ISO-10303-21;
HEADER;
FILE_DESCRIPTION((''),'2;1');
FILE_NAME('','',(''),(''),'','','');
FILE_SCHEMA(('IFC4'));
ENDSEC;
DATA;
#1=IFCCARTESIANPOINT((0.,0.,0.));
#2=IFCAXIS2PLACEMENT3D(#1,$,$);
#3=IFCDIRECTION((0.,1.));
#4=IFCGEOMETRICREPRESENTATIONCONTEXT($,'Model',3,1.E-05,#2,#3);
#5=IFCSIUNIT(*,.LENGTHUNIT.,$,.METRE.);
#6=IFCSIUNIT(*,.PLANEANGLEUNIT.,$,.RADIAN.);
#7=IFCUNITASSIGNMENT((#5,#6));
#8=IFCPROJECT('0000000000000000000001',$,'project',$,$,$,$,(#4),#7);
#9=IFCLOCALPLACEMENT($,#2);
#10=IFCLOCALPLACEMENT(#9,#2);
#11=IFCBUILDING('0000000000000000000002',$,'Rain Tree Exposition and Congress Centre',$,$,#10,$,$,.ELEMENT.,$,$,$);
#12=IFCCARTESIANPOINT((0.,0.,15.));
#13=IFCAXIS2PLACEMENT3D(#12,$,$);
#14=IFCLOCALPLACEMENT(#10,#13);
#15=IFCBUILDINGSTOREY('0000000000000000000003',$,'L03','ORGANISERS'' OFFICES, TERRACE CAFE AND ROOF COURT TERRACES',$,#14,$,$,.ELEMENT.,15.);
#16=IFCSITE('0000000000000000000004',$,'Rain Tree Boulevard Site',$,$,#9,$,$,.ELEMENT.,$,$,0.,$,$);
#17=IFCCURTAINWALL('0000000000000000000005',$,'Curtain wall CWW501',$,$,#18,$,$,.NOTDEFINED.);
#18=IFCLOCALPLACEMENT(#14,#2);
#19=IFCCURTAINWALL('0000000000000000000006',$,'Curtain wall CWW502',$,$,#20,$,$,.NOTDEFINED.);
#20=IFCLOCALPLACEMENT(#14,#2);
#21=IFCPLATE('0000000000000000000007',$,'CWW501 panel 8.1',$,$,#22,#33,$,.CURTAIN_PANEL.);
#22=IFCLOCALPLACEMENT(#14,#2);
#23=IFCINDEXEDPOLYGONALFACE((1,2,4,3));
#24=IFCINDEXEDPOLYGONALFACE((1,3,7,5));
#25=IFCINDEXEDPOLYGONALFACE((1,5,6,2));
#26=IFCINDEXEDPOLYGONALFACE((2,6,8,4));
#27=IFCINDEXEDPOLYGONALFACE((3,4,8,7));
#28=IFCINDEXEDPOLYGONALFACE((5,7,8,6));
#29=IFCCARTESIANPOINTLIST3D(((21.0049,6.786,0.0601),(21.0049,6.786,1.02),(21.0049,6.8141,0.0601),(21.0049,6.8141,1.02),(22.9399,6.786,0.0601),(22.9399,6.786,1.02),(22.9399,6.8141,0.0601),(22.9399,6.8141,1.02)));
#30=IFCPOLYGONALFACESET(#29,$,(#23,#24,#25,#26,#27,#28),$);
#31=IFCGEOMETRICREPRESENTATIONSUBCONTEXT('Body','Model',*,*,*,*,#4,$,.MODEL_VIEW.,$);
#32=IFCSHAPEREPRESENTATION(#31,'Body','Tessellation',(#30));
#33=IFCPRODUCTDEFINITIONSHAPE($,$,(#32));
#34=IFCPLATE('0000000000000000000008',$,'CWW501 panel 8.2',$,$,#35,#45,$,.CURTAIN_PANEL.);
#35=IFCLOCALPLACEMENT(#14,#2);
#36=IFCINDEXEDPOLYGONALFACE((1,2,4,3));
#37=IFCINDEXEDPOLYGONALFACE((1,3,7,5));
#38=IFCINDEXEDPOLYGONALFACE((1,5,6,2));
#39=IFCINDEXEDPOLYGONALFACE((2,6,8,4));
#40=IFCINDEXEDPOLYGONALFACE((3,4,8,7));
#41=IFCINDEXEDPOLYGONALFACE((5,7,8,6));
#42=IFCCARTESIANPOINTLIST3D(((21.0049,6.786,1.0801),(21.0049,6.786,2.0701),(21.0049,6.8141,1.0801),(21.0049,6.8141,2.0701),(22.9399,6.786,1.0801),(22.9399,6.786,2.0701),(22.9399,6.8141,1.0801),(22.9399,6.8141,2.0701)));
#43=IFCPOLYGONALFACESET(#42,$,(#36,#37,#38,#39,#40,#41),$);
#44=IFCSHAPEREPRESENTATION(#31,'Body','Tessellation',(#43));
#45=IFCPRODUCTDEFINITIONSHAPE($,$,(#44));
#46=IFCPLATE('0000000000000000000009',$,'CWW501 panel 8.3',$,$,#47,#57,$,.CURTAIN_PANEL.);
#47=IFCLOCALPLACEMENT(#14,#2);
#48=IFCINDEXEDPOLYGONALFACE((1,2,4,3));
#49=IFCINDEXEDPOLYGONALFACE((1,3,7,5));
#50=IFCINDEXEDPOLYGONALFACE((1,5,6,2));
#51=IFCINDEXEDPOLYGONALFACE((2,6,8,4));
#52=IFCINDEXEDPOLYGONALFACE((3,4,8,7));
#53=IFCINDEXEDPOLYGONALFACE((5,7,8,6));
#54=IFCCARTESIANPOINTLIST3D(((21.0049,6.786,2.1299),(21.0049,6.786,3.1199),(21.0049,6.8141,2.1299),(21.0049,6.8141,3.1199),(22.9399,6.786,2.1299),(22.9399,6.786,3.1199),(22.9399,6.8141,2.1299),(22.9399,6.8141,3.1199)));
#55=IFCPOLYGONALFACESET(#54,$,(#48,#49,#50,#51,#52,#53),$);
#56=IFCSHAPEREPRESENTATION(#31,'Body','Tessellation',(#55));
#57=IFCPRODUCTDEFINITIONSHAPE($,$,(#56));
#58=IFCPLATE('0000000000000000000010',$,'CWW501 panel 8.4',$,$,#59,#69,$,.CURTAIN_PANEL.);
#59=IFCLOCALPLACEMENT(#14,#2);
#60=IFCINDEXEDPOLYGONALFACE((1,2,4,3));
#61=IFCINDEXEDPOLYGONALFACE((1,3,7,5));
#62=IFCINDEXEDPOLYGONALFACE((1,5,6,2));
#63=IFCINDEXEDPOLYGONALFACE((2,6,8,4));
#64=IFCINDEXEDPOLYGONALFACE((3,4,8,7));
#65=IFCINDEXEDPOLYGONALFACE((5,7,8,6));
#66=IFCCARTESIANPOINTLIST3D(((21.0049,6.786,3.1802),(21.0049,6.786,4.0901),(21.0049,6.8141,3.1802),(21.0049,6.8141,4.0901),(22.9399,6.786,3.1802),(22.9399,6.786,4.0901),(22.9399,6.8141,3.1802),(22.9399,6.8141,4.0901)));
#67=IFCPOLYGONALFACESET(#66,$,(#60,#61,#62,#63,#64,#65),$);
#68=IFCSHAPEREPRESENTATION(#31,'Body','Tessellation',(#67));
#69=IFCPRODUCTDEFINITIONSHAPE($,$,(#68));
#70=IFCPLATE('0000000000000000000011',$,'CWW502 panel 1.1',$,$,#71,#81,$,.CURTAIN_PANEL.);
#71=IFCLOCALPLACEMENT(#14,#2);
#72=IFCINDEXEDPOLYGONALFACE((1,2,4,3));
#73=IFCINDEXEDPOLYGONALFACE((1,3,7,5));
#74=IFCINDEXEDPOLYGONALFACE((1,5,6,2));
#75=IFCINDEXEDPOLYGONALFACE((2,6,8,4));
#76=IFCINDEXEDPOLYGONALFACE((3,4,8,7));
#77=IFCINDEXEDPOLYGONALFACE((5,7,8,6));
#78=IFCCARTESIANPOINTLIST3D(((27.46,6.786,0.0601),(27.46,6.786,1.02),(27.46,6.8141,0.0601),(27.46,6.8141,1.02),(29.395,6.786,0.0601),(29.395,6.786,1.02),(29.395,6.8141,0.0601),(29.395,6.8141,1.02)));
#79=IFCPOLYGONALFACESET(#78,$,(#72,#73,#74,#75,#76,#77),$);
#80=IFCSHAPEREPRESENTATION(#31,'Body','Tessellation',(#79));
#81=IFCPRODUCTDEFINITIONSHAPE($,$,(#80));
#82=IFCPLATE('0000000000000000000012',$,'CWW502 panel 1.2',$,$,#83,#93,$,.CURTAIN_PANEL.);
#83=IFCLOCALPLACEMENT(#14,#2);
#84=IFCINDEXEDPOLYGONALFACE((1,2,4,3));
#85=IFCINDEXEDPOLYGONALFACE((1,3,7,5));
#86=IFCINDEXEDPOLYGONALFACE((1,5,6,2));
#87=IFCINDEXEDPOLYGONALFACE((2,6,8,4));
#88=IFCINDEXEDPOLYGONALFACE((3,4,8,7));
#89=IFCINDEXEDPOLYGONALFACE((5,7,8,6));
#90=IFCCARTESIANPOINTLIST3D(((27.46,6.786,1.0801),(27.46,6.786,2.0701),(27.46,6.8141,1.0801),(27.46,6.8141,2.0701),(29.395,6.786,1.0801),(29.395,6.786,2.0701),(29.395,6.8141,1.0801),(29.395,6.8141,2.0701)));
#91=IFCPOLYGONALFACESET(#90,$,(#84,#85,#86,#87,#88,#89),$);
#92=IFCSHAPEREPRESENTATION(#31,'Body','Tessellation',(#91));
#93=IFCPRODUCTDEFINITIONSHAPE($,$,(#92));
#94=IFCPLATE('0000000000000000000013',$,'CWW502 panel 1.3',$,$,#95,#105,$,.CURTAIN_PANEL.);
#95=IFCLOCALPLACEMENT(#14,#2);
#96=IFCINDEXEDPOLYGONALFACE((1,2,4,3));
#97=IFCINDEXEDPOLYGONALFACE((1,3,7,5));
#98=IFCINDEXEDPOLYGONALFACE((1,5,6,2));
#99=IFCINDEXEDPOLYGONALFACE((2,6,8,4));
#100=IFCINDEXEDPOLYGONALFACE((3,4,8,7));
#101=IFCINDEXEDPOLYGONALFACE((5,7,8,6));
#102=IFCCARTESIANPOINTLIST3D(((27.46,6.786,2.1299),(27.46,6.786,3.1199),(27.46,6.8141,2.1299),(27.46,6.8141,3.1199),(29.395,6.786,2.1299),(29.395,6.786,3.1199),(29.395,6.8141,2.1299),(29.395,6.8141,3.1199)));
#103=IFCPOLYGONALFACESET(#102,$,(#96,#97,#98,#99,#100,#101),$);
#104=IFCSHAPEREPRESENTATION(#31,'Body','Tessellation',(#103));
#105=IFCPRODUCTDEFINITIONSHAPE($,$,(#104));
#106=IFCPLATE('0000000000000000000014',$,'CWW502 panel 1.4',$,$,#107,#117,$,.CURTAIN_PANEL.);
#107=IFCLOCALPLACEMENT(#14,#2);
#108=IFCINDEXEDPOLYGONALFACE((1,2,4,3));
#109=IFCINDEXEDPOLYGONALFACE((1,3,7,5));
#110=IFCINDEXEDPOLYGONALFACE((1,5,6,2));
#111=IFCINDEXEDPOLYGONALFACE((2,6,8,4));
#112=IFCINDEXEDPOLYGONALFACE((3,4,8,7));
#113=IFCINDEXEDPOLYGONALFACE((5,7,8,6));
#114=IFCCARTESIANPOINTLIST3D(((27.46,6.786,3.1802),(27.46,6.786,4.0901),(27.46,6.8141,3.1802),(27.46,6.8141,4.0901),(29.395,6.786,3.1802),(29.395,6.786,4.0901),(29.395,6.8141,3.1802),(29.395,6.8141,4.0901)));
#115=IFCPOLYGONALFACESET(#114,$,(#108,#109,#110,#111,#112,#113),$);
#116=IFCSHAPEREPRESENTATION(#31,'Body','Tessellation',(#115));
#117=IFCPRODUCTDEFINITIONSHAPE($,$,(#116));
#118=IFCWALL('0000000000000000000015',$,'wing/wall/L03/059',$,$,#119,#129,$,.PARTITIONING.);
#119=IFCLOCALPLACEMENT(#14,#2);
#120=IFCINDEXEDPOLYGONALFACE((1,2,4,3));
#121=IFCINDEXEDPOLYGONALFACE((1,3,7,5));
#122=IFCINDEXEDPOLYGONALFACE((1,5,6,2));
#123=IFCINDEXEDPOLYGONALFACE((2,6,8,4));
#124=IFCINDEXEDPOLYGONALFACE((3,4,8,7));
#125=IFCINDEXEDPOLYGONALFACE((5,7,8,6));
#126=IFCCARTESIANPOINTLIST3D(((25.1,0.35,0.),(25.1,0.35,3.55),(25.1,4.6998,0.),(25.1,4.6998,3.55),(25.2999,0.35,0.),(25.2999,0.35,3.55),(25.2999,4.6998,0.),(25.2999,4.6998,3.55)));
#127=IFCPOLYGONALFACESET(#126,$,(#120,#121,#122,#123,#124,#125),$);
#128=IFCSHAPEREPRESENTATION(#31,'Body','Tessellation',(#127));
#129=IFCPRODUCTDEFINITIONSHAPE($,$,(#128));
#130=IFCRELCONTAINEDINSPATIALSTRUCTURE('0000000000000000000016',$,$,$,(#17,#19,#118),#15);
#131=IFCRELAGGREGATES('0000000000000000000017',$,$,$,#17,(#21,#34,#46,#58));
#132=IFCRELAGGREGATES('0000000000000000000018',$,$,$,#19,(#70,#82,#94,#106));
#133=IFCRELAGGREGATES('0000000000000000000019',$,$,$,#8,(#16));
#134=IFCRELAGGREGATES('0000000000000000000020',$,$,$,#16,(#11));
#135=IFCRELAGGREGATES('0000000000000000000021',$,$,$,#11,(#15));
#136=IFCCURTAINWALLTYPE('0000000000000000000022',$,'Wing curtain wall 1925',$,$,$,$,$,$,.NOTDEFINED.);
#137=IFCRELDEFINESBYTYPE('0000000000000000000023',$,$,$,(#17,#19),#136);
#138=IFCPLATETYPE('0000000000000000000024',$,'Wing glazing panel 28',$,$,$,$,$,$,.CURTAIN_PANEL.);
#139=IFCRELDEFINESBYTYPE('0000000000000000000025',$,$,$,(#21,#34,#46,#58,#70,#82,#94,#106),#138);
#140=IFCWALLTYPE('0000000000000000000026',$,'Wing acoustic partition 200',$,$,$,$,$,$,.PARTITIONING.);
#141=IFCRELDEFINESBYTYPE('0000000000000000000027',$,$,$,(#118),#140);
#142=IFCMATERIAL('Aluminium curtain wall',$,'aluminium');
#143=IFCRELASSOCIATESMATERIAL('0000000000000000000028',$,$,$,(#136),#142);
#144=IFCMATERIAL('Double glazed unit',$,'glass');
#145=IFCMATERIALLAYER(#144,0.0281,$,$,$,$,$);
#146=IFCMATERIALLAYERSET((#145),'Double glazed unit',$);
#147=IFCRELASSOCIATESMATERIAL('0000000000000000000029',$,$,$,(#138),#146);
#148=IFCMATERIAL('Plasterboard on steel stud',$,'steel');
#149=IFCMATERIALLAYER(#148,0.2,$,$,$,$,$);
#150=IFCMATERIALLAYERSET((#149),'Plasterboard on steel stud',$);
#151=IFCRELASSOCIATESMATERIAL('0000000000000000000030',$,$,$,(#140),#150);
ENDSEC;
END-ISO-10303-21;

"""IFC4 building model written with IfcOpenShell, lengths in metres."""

from ifc_helpers import new_model, si_unit, direction, frame, frame_2d, origin, origin_2d, place, context, subcontext, project, spatial, rectangle, extrude, material, layer, layer_set, type_object, element, aggregate, save


model = new_model("IFC4")

# Units and contexts
model_context = context("Model", 3, precision=1e-05, world=origin(), true_north=direction((0.0, 1.0)))
body_context = subcontext(model_context, "Body", "Model", "MODEL_VIEW")
ifc_project = project(units=[si_unit("LENGTHUNIT", "METRE"), si_unit("PLANEANGLEUNIT", "RADIAN")], contexts=[model_context])

# Site, building, storey
site_placement = place(None, origin())
site = spatial("IfcSite", under=ifc_project, at=site_placement, Name="Rain Tree Boulevard Site", CompositionType="ELEMENT", RefElevation=0.0)
building_placement = place(site_placement, origin())
building = spatial("IfcBuilding", under=site, at=building_placement, Name="Rain Tree Exposition and Congress Centre", CompositionType="ELEMENT")
storey_placement = place(building_placement, frame((0.0, 0.0, 15.0)))
storey = spatial("IfcBuildingStorey", under=building, at=storey_placement, Name="L03", Description="ORGANISERS' OFFICES, TERRACE CAFE AND ROOF COURT TERRACES", CompositionType="ELEMENT", Elevation=15.0)

# Curtain wall
ifc_material_1 = material(Name="Aluminium curtain wall", Category="aluminium")
curtain_wall_type = type_object("IfcCurtainWallType", Name="Wing curtain wall 1925", PredefinedType="NOTDEFINED", material=ifc_material_1)
curtain_wall_1_placement = place(storey_placement, origin())
curtain_wall_1 = element("IfcCurtainWall", 1, at=curtain_wall_1_placement, inside=storey, type_object=curtain_wall_type, Name="Curtain wall CWW501", PredefinedType="NOTDEFINED")

# Curtain wall
curtain_wall_2_placement = place(storey_placement, origin())
curtain_wall_2 = element("IfcCurtainWall", 2, at=curtain_wall_2_placement, inside=storey, type_object=curtain_wall_type, Name="Curtain wall CWW502", PredefinedType="NOTDEFINED")

# Plates
ifc_material_2 = material(Name="Double glazed unit", Category="glass")
ifc_layer_1 = layer(ifc_material_2, 0.0281)
ifc_layer_set_1 = layer_set([ifc_layer_1], Name="Double glazed unit")
plate_type = type_object("IfcPlateType", Name="Wing glazing panel 28", PredefinedType="CURTAIN_PANEL", material=ifc_layer_set_1)
plate_1_placement = place(storey_placement, frame((21.9724, 6.8, 0.0601), z_axis=(0.0, 0.0, 1.0), x_axis=(1.0, 0.0, 0.0)))
plate_1 = element("IfcPlate", 3, at=plate_1_placement, type_object=plate_type, Name="CWW501 panel 8.1", PredefinedType="CURTAIN_PANEL", context=body_context, shape_type="SweptSolid", body=[
    extrude(rectangle(XDim=1.9351, YDim=0.0281, at=origin_2d()), origin(), (0.0, 0.0, 1.0), 0.96),
])
plate_2_placement = place(storey_placement, frame((21.9724, 6.8, 1.0801), z_axis=(0.0, 0.0, 1.0), x_axis=(1.0, 0.0, 0.0)))
plate_2 = element("IfcPlate", 4, at=plate_2_placement, type_object=plate_type, Name="CWW501 panel 8.2", PredefinedType="CURTAIN_PANEL", context=body_context, shape_type="SweptSolid", body=[
    extrude(rectangle(XDim=1.9351, YDim=0.0281, at=origin_2d()), origin(), (0.0, 0.0, 1.0), 0.99),
])
plate_3_placement = place(storey_placement, frame((21.9724, 6.8, 2.1299), z_axis=(0.0, 0.0, 1.0), x_axis=(1.0, 0.0, 0.0)))
plate_3 = element("IfcPlate", 5, at=plate_3_placement, type_object=plate_type, Name="CWW501 panel 8.3", PredefinedType="CURTAIN_PANEL", context=body_context, shape_type="SweptSolid", body=[
    extrude(rectangle(XDim=1.9351, YDim=0.0281, at=origin_2d()), origin(), (0.0, 0.0, 1.0), 0.99),
])
plate_4_placement = place(storey_placement, frame((21.9724, 6.8, 3.1802), z_axis=(0.0, 0.0, 1.0), x_axis=(1.0, 0.0, 0.0)))
plate_4 = element("IfcPlate", 6, at=plate_4_placement, type_object=plate_type, Name="CWW501 panel 8.4", PredefinedType="CURTAIN_PANEL", context=body_context, shape_type="SweptSolid", body=[
    extrude(rectangle(XDim=1.9351, YDim=0.0281, at=origin_2d()), origin(), (0.0, 0.0, 1.0), 0.9099),
])
aggregate(curtain_wall_1, [plate_1, plate_2, plate_3, plate_4])
plate_5_placement = place(storey_placement, frame((28.4275, 6.8, 0.0601), z_axis=(0.0, 0.0, 1.0), x_axis=(1.0, 0.0, 0.0)))
plate_5 = element("IfcPlate", 7, at=plate_5_placement, type_object=plate_type, Name="CWW502 panel 1.1", PredefinedType="CURTAIN_PANEL", context=body_context, shape_type="SweptSolid", body=[
    extrude(rectangle(XDim=1.9351, YDim=0.0281, at=origin_2d()), origin(), (0.0, 0.0, 1.0), 0.96),
])
plate_6_placement = place(storey_placement, frame((28.4275, 6.8, 1.0801), z_axis=(0.0, 0.0, 1.0), x_axis=(1.0, 0.0, 0.0)))
plate_6 = element("IfcPlate", 8, at=plate_6_placement, type_object=plate_type, Name="CWW502 panel 1.2", PredefinedType="CURTAIN_PANEL", context=body_context, shape_type="SweptSolid", body=[
    extrude(rectangle(XDim=1.9351, YDim=0.0281, at=origin_2d()), origin(), (0.0, 0.0, 1.0), 0.99),
])
plate_7_placement = place(storey_placement, frame((28.4275, 6.8, 2.1299), z_axis=(0.0, 0.0, 1.0), x_axis=(1.0, 0.0, 0.0)))
plate_7 = element("IfcPlate", 9, at=plate_7_placement, type_object=plate_type, Name="CWW502 panel 1.3", PredefinedType="CURTAIN_PANEL", context=body_context, shape_type="SweptSolid", body=[
    extrude(rectangle(XDim=1.9351, YDim=0.0281, at=origin_2d()), origin(), (0.0, 0.0, 1.0), 0.99),
])
plate_8_placement = place(storey_placement, frame((28.4275, 6.8, 3.1802), z_axis=(0.0, 0.0, 1.0), x_axis=(1.0, 0.0, 0.0)))
plate_8 = element("IfcPlate", 10, at=plate_8_placement, type_object=plate_type, Name="CWW502 panel 1.4", PredefinedType="CURTAIN_PANEL", context=body_context, shape_type="SweptSolid", body=[
    extrude(rectangle(XDim=1.9351, YDim=0.0281, at=origin_2d()), origin(), (0.0, 0.0, 1.0), 0.9099),
])
aggregate(curtain_wall_2, [plate_5, plate_6, plate_7, plate_8])

# Shared definitions
ifc_material_3 = material(Name="Plasterboard on steel stud", Category="steel")
ifc_layer_2 = layer(ifc_material_3, 0.2)
ifc_layer_set_2 = layer_set([ifc_layer_2], Name="Plasterboard on steel stud")
wall_type_1 = type_object("IfcWallType", Name="Wing acoustic partition 200", PredefinedType="PARTITIONING", material=ifc_layer_set_2)

# Wall
wall_1_placement = place(storey_placement, frame((25.2, 0.3501, 0.0), z_axis=(0.0, 0.0, 1.0), x_axis=(0.0, 1.0, 0.0)))
element("IfcWall", 11, at=wall_1_placement, inside=storey, type_object=wall_type_1, Name="wing/wall/L03/059", PredefinedType="PARTITIONING", context=body_context, shape_type="SweptSolid", body=[
    extrude(rectangle(XDim=4.3499, YDim=0.2, at=frame_2d((2.1748, 0.0))), origin(), (0.0, 0.0, 1.0), 3.55),
])

save(model, "model.ifc")
